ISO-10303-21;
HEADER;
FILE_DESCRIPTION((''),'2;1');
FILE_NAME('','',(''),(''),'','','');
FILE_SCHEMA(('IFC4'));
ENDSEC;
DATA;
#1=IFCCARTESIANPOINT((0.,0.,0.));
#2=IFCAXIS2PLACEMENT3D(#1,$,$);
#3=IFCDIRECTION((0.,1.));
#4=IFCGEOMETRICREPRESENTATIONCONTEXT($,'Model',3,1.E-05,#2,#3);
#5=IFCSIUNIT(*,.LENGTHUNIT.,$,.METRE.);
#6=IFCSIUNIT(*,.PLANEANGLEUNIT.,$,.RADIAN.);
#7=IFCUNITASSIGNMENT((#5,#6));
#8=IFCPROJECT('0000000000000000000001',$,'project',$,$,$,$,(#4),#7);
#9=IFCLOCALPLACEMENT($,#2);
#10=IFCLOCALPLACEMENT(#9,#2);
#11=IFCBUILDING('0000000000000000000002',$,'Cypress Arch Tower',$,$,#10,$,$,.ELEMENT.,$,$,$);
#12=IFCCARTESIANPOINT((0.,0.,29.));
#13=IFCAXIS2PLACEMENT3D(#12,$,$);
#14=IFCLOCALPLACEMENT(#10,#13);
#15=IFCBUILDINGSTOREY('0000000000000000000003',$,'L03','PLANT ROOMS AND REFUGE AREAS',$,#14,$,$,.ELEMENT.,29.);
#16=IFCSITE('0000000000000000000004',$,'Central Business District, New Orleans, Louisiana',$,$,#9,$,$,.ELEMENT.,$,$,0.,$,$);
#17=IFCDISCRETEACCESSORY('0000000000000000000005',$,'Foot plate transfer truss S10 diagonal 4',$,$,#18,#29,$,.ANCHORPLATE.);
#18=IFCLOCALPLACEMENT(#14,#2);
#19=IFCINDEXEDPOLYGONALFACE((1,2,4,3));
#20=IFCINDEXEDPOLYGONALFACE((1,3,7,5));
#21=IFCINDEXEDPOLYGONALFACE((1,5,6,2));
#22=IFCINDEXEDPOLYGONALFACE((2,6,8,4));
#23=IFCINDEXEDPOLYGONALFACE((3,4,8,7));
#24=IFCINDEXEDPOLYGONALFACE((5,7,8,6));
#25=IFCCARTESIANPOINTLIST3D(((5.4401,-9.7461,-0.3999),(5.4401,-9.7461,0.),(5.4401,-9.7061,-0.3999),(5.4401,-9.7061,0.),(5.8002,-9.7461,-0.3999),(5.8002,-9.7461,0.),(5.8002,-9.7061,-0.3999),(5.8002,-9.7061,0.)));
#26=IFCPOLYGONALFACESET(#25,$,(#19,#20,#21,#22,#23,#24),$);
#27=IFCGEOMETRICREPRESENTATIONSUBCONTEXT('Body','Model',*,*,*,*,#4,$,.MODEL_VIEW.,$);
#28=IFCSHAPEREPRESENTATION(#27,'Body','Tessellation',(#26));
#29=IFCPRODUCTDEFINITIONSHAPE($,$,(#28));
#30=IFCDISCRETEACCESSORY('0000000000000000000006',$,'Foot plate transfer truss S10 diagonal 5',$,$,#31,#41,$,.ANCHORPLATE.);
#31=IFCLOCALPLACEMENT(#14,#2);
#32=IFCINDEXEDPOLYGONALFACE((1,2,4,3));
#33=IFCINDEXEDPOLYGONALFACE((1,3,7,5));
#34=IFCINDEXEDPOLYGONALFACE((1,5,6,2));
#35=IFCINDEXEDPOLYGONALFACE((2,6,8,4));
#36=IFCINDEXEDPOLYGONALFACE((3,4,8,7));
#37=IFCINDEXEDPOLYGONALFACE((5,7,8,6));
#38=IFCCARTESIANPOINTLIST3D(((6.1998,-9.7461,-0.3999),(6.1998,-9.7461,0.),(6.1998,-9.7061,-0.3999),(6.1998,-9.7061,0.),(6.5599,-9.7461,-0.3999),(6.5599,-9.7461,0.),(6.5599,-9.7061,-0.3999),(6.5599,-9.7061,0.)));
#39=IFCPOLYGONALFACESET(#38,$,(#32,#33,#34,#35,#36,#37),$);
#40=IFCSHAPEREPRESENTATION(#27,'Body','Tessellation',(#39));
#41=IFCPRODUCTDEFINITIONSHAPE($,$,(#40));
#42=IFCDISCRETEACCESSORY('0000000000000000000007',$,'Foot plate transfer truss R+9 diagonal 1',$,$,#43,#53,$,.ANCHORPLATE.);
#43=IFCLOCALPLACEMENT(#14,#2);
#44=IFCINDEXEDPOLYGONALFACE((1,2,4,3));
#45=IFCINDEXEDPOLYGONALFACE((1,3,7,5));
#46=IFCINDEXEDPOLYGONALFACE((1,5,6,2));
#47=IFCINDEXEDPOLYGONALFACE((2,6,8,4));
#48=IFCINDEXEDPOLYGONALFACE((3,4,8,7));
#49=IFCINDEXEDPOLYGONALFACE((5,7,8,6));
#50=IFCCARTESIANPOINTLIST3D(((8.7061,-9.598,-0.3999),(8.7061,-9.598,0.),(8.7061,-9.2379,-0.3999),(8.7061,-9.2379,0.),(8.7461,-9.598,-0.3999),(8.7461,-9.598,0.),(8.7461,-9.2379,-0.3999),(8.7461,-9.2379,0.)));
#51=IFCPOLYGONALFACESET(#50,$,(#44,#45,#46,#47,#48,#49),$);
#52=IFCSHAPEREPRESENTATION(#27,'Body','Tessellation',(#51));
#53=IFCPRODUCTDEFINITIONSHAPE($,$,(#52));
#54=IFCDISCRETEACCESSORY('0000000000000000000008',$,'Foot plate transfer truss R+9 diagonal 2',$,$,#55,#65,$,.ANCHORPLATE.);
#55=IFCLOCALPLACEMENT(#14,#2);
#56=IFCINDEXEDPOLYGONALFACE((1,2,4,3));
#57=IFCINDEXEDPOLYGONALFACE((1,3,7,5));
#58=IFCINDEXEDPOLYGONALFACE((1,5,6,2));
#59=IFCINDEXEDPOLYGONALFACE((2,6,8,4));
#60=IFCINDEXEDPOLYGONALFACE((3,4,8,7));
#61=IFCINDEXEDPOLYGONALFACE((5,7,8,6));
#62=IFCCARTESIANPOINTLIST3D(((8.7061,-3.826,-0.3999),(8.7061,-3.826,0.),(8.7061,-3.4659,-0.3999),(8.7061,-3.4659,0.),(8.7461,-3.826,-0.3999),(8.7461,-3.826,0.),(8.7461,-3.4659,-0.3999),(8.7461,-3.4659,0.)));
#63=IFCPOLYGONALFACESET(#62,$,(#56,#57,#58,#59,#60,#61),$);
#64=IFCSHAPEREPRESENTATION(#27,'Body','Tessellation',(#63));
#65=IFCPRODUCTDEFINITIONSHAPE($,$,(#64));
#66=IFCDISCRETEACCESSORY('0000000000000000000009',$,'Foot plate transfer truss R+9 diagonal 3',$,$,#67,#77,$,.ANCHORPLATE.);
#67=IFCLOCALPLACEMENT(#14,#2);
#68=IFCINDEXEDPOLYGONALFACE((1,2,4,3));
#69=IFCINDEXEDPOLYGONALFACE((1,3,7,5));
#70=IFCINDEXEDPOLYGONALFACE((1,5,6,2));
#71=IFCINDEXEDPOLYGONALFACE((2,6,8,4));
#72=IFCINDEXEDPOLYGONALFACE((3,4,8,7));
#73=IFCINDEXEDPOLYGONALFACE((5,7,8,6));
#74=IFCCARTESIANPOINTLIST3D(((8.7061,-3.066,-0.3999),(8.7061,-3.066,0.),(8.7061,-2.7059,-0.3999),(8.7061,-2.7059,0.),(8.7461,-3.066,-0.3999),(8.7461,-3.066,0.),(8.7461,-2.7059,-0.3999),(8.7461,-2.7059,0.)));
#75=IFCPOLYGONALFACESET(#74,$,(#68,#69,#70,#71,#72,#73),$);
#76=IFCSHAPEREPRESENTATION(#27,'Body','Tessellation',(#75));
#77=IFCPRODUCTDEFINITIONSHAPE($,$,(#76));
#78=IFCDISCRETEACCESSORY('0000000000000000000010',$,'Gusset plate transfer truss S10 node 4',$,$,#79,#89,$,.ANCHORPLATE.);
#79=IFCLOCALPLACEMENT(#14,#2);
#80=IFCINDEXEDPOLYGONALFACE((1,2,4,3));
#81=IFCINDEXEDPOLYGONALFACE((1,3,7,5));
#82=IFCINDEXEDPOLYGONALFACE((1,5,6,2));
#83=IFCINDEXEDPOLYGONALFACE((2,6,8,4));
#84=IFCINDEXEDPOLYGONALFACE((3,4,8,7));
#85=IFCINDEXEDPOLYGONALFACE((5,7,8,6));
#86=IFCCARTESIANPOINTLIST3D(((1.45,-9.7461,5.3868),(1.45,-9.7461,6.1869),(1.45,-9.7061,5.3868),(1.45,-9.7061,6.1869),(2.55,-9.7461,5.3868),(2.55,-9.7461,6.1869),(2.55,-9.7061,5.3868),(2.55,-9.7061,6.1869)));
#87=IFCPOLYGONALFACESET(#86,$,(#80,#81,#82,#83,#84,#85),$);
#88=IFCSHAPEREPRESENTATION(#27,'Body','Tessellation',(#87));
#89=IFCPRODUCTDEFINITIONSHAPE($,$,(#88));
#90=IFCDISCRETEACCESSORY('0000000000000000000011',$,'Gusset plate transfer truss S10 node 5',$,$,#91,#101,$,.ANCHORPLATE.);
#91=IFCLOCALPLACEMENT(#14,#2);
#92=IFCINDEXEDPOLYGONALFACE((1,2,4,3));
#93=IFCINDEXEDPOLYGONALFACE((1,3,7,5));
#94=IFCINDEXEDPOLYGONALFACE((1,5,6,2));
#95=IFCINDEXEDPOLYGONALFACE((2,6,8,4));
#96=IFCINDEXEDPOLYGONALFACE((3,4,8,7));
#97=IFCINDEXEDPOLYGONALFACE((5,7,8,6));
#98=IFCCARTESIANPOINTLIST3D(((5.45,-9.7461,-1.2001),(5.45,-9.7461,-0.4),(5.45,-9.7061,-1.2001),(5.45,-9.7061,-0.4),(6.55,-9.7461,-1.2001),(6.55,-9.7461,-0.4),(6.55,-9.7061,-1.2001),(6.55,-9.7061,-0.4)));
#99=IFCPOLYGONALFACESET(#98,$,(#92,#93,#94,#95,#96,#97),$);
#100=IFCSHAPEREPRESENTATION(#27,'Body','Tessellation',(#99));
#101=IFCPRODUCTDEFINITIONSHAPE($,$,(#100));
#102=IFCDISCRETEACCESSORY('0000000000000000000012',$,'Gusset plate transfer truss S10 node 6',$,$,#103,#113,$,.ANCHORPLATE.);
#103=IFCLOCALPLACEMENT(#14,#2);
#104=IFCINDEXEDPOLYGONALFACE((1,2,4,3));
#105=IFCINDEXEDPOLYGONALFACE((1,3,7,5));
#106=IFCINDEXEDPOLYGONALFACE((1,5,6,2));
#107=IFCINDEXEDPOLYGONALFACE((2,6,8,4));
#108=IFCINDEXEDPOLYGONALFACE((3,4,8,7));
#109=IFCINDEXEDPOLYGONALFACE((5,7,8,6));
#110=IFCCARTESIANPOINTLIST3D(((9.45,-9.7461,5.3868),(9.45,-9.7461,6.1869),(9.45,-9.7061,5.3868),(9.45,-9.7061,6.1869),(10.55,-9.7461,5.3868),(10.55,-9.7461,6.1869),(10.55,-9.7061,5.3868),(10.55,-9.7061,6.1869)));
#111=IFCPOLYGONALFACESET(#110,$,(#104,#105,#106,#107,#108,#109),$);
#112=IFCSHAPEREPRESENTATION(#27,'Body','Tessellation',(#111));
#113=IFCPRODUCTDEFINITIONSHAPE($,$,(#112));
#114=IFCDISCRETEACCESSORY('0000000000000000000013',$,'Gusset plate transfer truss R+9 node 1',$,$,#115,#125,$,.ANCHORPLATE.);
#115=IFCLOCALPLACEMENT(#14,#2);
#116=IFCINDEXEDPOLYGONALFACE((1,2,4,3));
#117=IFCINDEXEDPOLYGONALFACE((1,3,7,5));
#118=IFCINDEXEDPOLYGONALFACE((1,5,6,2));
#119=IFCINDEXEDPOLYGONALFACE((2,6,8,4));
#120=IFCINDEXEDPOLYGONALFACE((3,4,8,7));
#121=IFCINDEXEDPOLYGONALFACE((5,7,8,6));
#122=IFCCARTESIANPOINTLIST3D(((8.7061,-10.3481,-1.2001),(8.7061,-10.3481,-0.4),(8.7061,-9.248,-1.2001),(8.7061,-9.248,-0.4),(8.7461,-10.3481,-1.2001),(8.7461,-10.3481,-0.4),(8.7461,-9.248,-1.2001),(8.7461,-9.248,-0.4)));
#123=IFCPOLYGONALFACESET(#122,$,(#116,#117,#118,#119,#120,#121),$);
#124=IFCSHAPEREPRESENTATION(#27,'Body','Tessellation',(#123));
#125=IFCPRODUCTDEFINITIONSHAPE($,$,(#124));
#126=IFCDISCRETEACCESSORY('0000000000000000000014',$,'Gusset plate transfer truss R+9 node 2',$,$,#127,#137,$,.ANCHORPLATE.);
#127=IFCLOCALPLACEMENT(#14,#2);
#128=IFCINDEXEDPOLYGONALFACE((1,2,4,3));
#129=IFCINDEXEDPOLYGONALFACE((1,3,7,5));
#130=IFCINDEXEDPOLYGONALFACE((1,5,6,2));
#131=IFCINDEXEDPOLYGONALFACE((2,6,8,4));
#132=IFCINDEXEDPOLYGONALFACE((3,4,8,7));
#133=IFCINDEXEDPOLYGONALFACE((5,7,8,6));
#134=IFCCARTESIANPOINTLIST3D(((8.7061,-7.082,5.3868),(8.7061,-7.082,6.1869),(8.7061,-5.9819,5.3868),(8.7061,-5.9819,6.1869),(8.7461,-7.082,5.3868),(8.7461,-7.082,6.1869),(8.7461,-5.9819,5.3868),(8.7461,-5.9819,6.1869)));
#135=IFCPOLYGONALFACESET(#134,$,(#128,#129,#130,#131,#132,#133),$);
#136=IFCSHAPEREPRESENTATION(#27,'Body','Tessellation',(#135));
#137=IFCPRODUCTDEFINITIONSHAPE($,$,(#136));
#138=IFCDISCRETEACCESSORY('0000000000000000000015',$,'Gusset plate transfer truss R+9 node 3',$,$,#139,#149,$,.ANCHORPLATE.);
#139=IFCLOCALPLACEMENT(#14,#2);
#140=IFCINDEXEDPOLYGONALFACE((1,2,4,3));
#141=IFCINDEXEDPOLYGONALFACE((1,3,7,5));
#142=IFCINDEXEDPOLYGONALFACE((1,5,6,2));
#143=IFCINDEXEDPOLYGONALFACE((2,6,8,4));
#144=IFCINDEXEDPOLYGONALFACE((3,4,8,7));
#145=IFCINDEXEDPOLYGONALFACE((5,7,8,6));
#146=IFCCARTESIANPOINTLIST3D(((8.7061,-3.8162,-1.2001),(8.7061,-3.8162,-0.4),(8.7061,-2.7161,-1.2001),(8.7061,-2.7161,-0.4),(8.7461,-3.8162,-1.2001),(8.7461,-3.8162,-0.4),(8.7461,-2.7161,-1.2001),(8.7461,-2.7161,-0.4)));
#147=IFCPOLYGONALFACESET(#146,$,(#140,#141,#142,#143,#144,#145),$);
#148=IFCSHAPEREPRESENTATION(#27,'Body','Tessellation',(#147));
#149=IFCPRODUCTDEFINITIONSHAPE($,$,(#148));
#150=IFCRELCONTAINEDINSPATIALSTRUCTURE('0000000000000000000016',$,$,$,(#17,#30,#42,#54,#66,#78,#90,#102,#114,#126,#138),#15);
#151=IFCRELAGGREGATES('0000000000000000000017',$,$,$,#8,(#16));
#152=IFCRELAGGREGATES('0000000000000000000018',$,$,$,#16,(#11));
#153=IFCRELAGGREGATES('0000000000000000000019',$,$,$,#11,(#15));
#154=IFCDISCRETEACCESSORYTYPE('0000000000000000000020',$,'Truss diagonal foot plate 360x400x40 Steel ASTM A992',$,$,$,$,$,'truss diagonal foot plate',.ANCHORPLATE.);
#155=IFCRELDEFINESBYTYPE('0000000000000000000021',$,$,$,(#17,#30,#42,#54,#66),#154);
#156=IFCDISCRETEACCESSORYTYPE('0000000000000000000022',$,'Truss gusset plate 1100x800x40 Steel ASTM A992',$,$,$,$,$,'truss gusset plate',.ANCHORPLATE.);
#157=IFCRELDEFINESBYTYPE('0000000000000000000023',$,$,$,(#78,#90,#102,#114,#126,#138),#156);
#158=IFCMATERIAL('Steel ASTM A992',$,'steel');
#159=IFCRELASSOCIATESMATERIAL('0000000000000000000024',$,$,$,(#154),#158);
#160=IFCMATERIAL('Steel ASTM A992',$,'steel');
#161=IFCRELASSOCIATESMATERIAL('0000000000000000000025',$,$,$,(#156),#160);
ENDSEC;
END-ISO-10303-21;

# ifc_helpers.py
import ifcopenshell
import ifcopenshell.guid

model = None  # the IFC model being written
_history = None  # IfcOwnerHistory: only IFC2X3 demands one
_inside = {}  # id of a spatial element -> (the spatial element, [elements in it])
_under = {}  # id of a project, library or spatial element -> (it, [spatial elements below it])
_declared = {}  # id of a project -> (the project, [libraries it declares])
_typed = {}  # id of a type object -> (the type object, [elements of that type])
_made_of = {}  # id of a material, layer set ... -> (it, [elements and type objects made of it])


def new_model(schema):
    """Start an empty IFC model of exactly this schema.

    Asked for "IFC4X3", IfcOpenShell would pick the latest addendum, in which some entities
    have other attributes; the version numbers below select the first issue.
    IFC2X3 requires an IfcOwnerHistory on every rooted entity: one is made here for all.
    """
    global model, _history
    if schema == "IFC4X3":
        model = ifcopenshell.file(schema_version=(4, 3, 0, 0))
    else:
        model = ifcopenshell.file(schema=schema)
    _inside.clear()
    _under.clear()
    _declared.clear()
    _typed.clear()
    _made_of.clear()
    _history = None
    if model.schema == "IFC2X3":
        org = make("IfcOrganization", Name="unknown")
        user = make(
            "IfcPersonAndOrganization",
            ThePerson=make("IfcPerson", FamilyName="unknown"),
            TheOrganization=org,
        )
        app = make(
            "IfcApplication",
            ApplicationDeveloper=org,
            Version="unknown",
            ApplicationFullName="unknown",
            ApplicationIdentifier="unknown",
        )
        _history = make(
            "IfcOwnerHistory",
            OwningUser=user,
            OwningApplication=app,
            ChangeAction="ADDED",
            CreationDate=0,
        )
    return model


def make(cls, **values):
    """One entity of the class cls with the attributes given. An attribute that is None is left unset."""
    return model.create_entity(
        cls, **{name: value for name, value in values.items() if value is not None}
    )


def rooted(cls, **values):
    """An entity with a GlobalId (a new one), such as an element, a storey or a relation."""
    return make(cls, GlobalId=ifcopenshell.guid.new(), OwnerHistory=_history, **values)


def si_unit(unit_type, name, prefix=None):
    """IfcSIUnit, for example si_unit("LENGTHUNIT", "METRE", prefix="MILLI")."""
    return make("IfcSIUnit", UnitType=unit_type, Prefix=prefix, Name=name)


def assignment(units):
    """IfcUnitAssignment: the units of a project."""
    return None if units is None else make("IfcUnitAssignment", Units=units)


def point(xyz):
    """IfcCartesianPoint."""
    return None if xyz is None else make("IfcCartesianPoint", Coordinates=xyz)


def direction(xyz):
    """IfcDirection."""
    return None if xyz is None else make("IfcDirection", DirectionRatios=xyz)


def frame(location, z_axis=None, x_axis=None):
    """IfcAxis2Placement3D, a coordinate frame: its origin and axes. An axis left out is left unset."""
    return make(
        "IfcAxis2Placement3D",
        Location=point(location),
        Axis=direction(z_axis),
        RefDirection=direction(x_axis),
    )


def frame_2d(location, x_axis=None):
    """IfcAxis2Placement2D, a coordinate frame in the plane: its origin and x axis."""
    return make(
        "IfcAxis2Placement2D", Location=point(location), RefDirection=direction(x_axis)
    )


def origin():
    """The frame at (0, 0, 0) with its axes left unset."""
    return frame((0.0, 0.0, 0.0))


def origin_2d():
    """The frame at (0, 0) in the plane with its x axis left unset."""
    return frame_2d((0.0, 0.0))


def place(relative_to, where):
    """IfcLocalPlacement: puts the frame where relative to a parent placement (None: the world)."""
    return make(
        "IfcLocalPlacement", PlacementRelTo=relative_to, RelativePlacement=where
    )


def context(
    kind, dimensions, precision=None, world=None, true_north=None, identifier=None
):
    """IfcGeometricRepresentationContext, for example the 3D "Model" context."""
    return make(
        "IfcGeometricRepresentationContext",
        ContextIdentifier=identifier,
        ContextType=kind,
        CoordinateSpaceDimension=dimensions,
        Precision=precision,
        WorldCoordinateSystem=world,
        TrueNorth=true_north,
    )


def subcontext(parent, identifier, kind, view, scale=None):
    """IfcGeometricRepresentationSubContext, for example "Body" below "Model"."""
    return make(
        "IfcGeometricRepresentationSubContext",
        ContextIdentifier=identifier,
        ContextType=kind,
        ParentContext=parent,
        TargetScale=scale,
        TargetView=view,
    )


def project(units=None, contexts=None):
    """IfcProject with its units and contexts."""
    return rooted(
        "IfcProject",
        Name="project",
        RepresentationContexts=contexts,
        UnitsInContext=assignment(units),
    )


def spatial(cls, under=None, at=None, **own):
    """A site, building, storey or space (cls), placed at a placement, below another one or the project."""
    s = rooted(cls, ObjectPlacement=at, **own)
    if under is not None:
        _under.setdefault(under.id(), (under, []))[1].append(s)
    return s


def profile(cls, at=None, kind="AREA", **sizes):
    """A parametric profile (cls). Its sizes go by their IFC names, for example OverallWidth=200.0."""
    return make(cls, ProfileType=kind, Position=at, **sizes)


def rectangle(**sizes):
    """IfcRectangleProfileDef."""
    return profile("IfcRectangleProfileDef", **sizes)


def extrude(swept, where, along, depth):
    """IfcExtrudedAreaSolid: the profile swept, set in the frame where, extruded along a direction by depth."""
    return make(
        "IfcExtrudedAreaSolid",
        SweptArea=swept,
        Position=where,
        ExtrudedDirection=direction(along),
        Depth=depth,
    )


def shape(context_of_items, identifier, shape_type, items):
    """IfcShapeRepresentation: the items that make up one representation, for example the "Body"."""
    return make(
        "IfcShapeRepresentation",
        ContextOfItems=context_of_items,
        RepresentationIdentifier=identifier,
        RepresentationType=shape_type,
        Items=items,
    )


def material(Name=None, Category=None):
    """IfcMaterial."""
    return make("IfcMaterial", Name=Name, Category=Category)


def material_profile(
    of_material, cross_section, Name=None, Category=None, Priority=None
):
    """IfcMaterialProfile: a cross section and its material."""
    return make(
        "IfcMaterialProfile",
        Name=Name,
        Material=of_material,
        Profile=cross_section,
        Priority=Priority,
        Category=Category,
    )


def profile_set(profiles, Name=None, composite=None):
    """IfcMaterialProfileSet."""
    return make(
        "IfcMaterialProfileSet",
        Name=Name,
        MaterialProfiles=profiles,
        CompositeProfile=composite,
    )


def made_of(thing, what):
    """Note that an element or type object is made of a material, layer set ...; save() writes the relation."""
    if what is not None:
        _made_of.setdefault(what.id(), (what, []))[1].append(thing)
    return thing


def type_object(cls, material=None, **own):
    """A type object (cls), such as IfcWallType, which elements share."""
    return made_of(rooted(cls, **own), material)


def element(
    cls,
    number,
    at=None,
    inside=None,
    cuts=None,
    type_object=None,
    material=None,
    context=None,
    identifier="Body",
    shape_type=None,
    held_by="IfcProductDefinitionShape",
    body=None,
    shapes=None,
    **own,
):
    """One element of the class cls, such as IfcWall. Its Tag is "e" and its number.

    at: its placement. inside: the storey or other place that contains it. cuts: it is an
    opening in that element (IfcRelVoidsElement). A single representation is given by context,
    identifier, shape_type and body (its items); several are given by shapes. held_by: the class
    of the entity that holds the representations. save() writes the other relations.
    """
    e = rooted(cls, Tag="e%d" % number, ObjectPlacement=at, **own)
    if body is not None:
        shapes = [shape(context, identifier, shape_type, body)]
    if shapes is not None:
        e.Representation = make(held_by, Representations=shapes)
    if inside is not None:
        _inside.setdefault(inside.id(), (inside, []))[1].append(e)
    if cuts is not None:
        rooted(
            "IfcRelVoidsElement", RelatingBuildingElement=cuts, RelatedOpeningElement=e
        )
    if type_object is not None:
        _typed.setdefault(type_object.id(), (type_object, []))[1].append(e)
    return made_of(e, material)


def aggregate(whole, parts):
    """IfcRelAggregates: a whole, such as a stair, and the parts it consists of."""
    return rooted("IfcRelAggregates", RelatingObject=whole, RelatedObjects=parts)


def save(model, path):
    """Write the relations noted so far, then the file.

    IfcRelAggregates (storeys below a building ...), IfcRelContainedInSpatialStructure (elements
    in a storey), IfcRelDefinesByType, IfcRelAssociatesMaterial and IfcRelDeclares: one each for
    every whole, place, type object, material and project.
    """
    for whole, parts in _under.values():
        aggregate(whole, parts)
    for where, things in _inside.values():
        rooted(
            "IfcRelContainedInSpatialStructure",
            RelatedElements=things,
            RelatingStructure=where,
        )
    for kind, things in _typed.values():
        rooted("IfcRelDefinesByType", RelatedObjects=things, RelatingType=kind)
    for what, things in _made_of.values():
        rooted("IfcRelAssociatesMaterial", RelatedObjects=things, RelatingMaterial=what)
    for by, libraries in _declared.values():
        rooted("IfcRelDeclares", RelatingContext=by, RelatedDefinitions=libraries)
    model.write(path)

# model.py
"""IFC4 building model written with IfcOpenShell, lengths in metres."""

from ifc_helpers import new_model, si_unit, direction, frame, origin, origin_2d, place, context, subcontext, project, spatial, rectangle, extrude, material, material_profile, profile_set, type_object, element, save


model = new_model("IFC4")

# Units and contexts
model_context = context("Model", 3, precision=1e-05, world=origin(), true_north=direction((0.0, 1.0)))
body_context = subcontext(model_context, "Body", "Model", "MODEL_VIEW")
ifc_project = project(units=[si_unit("LENGTHUNIT", "METRE"), si_unit("PLANEANGLEUNIT", "RADIAN")], contexts=[model_context])

# Site, building, storey
site_placement = place(None, origin())
site = spatial("IfcSite", under=ifc_project, at=site_placement, Name="Central Business District, New Orleans, Louisiana", CompositionType="ELEMENT", RefElevation=0.0)
building_placement = place(site_placement, origin())
building = spatial("IfcBuilding", under=site, at=building_placement, Name="Cypress Arch Tower", CompositionType="ELEMENT")
storey_placement = place(building_placement, frame((0.0, 0.0, 29.0)))
storey = spatial("IfcBuildingStorey", under=building, at=storey_placement, Name="L03", Description="PLANT ROOMS AND REFUGE AREAS", CompositionType="ELEMENT", Elevation=29.0)

# Discrete accessories
ifc_material_1 = material(Name="Steel ASTM A992", Category="steel")
ifc_material_profile_1 = material_profile(ifc_material_1, rectangle(XDim=0.3601, YDim=0.3999, at=origin_2d()), Name="PL 40 360x400")
ifc_profile_set_1 = profile_set([ifc_material_profile_1], Name="Steel ASTM A992")
discrete_accessory_type_1 = type_object("IfcDiscreteAccessoryType", Name="Truss diagonal foot plate 360x400x40 Steel ASTM A992", ElementType="truss diagonal foot plate", PredefinedType="ANCHORPLATE", material=ifc_profile_set_1)
for number, where, z_axis, x_axis, name in (
    (1, (5.6201, -9.7461, -0.2), (0.0, 1.0, 0.0), (-1.0, 0.0, 0.0), "Foot plate transfer truss S10 diagonal 4"),
    (2, (6.3799, -9.7461, -0.2), (0.0, 1.0, 0.0), (-1.0, 0.0, 0.0), "Foot plate transfer truss S10 diagonal 5"),
    (3, (8.7461, -9.418, -0.2), (-1.0, 0.0, 0.0), (0.0, -1.0, 0.0), "Foot plate transfer truss R+9 diagonal 1"),
    (4, (8.7461, -3.646, -0.2), (-1.0, 0.0, 0.0), (0.0, -1.0, 0.0), "Foot plate transfer truss R+9 diagonal 2"),
    (5, (8.7461, -2.886, -0.2), (-1.0, 0.0, 0.0), (0.0, -1.0, 0.0), "Foot plate transfer truss R+9 diagonal 3"),
):
    element("IfcDiscreteAccessory", number, at=place(storey_placement, frame(where, z_axis=z_axis, x_axis=x_axis)), inside=storey, type_object=discrete_accessory_type_1, Name=name, PredefinedType="ANCHORPLATE", context=body_context, shape_type="SweptSolid", body=[
        extrude(rectangle(XDim=0.3601, YDim=0.3999, at=origin_2d()), origin(), (0.0, 0.0, 1.0), 0.04),
    ])
ifc_material_2 = material(Name="Steel ASTM A992", Category="steel")
ifc_material_profile_2 = material_profile(ifc_material_2, rectangle(XDim=1.1001, YDim=0.8, at=origin_2d()), Name="PL 40 1100x800")
ifc_profile_set_2 = profile_set([ifc_material_profile_2], Name="Steel ASTM A992")
discrete_accessory_type_2 = type_object("IfcDiscreteAccessoryType", Name="Truss gusset plate 1100x800x40 Steel ASTM A992", ElementType="truss gusset plate", PredefinedType="ANCHORPLATE", material=ifc_profile_set_2)
for number, where, z_axis, x_axis, name in (
    (6, (2.0, -9.7461, 5.7869), (0.0, 1.0, 0.0), (-1.0, 0.0, 0.0), "Gusset plate transfer truss S10 node 4"),
    (7, (6.0, -9.7461, -0.8), (0.0, 1.0, 0.0), (-1.0, 0.0, 0.0), "Gusset plate transfer truss S10 node 5"),
    (8, (10.0, -9.7461, 5.7869), (0.0, 1.0, 0.0), (-1.0, 0.0, 0.0), "Gusset plate transfer truss S10 node 6"),
    (9, (8.7461, -9.7981, -0.8), (-1.0, 0.0, 0.0), (0.0, -1.0, 0.0), "Gusset plate transfer truss R+9 node 1"),
    (10, (8.7461, -6.532, 5.7869), (-1.0, 0.0, 0.0), (0.0, -1.0, 0.0), "Gusset plate transfer truss R+9 node 2"),
    (11, (8.7461, -3.2661, -0.8), (-1.0, 0.0, 0.0), (0.0, -1.0, 0.0), "Gusset plate transfer truss R+9 node 3"),
):
    element("IfcDiscreteAccessory", number, at=place(storey_placement, frame(where, z_axis=z_axis, x_axis=x_axis)), inside=storey, type_object=discrete_accessory_type_2, Name=name, PredefinedType="ANCHORPLATE", context=body_context, shape_type="SweptSolid", body=[
        extrude(rectangle(XDim=1.1001, YDim=0.8, at=origin_2d()), origin(), (0.0, 0.0, 1.0), 0.04),
    ])

save(model, "model.ifc")
